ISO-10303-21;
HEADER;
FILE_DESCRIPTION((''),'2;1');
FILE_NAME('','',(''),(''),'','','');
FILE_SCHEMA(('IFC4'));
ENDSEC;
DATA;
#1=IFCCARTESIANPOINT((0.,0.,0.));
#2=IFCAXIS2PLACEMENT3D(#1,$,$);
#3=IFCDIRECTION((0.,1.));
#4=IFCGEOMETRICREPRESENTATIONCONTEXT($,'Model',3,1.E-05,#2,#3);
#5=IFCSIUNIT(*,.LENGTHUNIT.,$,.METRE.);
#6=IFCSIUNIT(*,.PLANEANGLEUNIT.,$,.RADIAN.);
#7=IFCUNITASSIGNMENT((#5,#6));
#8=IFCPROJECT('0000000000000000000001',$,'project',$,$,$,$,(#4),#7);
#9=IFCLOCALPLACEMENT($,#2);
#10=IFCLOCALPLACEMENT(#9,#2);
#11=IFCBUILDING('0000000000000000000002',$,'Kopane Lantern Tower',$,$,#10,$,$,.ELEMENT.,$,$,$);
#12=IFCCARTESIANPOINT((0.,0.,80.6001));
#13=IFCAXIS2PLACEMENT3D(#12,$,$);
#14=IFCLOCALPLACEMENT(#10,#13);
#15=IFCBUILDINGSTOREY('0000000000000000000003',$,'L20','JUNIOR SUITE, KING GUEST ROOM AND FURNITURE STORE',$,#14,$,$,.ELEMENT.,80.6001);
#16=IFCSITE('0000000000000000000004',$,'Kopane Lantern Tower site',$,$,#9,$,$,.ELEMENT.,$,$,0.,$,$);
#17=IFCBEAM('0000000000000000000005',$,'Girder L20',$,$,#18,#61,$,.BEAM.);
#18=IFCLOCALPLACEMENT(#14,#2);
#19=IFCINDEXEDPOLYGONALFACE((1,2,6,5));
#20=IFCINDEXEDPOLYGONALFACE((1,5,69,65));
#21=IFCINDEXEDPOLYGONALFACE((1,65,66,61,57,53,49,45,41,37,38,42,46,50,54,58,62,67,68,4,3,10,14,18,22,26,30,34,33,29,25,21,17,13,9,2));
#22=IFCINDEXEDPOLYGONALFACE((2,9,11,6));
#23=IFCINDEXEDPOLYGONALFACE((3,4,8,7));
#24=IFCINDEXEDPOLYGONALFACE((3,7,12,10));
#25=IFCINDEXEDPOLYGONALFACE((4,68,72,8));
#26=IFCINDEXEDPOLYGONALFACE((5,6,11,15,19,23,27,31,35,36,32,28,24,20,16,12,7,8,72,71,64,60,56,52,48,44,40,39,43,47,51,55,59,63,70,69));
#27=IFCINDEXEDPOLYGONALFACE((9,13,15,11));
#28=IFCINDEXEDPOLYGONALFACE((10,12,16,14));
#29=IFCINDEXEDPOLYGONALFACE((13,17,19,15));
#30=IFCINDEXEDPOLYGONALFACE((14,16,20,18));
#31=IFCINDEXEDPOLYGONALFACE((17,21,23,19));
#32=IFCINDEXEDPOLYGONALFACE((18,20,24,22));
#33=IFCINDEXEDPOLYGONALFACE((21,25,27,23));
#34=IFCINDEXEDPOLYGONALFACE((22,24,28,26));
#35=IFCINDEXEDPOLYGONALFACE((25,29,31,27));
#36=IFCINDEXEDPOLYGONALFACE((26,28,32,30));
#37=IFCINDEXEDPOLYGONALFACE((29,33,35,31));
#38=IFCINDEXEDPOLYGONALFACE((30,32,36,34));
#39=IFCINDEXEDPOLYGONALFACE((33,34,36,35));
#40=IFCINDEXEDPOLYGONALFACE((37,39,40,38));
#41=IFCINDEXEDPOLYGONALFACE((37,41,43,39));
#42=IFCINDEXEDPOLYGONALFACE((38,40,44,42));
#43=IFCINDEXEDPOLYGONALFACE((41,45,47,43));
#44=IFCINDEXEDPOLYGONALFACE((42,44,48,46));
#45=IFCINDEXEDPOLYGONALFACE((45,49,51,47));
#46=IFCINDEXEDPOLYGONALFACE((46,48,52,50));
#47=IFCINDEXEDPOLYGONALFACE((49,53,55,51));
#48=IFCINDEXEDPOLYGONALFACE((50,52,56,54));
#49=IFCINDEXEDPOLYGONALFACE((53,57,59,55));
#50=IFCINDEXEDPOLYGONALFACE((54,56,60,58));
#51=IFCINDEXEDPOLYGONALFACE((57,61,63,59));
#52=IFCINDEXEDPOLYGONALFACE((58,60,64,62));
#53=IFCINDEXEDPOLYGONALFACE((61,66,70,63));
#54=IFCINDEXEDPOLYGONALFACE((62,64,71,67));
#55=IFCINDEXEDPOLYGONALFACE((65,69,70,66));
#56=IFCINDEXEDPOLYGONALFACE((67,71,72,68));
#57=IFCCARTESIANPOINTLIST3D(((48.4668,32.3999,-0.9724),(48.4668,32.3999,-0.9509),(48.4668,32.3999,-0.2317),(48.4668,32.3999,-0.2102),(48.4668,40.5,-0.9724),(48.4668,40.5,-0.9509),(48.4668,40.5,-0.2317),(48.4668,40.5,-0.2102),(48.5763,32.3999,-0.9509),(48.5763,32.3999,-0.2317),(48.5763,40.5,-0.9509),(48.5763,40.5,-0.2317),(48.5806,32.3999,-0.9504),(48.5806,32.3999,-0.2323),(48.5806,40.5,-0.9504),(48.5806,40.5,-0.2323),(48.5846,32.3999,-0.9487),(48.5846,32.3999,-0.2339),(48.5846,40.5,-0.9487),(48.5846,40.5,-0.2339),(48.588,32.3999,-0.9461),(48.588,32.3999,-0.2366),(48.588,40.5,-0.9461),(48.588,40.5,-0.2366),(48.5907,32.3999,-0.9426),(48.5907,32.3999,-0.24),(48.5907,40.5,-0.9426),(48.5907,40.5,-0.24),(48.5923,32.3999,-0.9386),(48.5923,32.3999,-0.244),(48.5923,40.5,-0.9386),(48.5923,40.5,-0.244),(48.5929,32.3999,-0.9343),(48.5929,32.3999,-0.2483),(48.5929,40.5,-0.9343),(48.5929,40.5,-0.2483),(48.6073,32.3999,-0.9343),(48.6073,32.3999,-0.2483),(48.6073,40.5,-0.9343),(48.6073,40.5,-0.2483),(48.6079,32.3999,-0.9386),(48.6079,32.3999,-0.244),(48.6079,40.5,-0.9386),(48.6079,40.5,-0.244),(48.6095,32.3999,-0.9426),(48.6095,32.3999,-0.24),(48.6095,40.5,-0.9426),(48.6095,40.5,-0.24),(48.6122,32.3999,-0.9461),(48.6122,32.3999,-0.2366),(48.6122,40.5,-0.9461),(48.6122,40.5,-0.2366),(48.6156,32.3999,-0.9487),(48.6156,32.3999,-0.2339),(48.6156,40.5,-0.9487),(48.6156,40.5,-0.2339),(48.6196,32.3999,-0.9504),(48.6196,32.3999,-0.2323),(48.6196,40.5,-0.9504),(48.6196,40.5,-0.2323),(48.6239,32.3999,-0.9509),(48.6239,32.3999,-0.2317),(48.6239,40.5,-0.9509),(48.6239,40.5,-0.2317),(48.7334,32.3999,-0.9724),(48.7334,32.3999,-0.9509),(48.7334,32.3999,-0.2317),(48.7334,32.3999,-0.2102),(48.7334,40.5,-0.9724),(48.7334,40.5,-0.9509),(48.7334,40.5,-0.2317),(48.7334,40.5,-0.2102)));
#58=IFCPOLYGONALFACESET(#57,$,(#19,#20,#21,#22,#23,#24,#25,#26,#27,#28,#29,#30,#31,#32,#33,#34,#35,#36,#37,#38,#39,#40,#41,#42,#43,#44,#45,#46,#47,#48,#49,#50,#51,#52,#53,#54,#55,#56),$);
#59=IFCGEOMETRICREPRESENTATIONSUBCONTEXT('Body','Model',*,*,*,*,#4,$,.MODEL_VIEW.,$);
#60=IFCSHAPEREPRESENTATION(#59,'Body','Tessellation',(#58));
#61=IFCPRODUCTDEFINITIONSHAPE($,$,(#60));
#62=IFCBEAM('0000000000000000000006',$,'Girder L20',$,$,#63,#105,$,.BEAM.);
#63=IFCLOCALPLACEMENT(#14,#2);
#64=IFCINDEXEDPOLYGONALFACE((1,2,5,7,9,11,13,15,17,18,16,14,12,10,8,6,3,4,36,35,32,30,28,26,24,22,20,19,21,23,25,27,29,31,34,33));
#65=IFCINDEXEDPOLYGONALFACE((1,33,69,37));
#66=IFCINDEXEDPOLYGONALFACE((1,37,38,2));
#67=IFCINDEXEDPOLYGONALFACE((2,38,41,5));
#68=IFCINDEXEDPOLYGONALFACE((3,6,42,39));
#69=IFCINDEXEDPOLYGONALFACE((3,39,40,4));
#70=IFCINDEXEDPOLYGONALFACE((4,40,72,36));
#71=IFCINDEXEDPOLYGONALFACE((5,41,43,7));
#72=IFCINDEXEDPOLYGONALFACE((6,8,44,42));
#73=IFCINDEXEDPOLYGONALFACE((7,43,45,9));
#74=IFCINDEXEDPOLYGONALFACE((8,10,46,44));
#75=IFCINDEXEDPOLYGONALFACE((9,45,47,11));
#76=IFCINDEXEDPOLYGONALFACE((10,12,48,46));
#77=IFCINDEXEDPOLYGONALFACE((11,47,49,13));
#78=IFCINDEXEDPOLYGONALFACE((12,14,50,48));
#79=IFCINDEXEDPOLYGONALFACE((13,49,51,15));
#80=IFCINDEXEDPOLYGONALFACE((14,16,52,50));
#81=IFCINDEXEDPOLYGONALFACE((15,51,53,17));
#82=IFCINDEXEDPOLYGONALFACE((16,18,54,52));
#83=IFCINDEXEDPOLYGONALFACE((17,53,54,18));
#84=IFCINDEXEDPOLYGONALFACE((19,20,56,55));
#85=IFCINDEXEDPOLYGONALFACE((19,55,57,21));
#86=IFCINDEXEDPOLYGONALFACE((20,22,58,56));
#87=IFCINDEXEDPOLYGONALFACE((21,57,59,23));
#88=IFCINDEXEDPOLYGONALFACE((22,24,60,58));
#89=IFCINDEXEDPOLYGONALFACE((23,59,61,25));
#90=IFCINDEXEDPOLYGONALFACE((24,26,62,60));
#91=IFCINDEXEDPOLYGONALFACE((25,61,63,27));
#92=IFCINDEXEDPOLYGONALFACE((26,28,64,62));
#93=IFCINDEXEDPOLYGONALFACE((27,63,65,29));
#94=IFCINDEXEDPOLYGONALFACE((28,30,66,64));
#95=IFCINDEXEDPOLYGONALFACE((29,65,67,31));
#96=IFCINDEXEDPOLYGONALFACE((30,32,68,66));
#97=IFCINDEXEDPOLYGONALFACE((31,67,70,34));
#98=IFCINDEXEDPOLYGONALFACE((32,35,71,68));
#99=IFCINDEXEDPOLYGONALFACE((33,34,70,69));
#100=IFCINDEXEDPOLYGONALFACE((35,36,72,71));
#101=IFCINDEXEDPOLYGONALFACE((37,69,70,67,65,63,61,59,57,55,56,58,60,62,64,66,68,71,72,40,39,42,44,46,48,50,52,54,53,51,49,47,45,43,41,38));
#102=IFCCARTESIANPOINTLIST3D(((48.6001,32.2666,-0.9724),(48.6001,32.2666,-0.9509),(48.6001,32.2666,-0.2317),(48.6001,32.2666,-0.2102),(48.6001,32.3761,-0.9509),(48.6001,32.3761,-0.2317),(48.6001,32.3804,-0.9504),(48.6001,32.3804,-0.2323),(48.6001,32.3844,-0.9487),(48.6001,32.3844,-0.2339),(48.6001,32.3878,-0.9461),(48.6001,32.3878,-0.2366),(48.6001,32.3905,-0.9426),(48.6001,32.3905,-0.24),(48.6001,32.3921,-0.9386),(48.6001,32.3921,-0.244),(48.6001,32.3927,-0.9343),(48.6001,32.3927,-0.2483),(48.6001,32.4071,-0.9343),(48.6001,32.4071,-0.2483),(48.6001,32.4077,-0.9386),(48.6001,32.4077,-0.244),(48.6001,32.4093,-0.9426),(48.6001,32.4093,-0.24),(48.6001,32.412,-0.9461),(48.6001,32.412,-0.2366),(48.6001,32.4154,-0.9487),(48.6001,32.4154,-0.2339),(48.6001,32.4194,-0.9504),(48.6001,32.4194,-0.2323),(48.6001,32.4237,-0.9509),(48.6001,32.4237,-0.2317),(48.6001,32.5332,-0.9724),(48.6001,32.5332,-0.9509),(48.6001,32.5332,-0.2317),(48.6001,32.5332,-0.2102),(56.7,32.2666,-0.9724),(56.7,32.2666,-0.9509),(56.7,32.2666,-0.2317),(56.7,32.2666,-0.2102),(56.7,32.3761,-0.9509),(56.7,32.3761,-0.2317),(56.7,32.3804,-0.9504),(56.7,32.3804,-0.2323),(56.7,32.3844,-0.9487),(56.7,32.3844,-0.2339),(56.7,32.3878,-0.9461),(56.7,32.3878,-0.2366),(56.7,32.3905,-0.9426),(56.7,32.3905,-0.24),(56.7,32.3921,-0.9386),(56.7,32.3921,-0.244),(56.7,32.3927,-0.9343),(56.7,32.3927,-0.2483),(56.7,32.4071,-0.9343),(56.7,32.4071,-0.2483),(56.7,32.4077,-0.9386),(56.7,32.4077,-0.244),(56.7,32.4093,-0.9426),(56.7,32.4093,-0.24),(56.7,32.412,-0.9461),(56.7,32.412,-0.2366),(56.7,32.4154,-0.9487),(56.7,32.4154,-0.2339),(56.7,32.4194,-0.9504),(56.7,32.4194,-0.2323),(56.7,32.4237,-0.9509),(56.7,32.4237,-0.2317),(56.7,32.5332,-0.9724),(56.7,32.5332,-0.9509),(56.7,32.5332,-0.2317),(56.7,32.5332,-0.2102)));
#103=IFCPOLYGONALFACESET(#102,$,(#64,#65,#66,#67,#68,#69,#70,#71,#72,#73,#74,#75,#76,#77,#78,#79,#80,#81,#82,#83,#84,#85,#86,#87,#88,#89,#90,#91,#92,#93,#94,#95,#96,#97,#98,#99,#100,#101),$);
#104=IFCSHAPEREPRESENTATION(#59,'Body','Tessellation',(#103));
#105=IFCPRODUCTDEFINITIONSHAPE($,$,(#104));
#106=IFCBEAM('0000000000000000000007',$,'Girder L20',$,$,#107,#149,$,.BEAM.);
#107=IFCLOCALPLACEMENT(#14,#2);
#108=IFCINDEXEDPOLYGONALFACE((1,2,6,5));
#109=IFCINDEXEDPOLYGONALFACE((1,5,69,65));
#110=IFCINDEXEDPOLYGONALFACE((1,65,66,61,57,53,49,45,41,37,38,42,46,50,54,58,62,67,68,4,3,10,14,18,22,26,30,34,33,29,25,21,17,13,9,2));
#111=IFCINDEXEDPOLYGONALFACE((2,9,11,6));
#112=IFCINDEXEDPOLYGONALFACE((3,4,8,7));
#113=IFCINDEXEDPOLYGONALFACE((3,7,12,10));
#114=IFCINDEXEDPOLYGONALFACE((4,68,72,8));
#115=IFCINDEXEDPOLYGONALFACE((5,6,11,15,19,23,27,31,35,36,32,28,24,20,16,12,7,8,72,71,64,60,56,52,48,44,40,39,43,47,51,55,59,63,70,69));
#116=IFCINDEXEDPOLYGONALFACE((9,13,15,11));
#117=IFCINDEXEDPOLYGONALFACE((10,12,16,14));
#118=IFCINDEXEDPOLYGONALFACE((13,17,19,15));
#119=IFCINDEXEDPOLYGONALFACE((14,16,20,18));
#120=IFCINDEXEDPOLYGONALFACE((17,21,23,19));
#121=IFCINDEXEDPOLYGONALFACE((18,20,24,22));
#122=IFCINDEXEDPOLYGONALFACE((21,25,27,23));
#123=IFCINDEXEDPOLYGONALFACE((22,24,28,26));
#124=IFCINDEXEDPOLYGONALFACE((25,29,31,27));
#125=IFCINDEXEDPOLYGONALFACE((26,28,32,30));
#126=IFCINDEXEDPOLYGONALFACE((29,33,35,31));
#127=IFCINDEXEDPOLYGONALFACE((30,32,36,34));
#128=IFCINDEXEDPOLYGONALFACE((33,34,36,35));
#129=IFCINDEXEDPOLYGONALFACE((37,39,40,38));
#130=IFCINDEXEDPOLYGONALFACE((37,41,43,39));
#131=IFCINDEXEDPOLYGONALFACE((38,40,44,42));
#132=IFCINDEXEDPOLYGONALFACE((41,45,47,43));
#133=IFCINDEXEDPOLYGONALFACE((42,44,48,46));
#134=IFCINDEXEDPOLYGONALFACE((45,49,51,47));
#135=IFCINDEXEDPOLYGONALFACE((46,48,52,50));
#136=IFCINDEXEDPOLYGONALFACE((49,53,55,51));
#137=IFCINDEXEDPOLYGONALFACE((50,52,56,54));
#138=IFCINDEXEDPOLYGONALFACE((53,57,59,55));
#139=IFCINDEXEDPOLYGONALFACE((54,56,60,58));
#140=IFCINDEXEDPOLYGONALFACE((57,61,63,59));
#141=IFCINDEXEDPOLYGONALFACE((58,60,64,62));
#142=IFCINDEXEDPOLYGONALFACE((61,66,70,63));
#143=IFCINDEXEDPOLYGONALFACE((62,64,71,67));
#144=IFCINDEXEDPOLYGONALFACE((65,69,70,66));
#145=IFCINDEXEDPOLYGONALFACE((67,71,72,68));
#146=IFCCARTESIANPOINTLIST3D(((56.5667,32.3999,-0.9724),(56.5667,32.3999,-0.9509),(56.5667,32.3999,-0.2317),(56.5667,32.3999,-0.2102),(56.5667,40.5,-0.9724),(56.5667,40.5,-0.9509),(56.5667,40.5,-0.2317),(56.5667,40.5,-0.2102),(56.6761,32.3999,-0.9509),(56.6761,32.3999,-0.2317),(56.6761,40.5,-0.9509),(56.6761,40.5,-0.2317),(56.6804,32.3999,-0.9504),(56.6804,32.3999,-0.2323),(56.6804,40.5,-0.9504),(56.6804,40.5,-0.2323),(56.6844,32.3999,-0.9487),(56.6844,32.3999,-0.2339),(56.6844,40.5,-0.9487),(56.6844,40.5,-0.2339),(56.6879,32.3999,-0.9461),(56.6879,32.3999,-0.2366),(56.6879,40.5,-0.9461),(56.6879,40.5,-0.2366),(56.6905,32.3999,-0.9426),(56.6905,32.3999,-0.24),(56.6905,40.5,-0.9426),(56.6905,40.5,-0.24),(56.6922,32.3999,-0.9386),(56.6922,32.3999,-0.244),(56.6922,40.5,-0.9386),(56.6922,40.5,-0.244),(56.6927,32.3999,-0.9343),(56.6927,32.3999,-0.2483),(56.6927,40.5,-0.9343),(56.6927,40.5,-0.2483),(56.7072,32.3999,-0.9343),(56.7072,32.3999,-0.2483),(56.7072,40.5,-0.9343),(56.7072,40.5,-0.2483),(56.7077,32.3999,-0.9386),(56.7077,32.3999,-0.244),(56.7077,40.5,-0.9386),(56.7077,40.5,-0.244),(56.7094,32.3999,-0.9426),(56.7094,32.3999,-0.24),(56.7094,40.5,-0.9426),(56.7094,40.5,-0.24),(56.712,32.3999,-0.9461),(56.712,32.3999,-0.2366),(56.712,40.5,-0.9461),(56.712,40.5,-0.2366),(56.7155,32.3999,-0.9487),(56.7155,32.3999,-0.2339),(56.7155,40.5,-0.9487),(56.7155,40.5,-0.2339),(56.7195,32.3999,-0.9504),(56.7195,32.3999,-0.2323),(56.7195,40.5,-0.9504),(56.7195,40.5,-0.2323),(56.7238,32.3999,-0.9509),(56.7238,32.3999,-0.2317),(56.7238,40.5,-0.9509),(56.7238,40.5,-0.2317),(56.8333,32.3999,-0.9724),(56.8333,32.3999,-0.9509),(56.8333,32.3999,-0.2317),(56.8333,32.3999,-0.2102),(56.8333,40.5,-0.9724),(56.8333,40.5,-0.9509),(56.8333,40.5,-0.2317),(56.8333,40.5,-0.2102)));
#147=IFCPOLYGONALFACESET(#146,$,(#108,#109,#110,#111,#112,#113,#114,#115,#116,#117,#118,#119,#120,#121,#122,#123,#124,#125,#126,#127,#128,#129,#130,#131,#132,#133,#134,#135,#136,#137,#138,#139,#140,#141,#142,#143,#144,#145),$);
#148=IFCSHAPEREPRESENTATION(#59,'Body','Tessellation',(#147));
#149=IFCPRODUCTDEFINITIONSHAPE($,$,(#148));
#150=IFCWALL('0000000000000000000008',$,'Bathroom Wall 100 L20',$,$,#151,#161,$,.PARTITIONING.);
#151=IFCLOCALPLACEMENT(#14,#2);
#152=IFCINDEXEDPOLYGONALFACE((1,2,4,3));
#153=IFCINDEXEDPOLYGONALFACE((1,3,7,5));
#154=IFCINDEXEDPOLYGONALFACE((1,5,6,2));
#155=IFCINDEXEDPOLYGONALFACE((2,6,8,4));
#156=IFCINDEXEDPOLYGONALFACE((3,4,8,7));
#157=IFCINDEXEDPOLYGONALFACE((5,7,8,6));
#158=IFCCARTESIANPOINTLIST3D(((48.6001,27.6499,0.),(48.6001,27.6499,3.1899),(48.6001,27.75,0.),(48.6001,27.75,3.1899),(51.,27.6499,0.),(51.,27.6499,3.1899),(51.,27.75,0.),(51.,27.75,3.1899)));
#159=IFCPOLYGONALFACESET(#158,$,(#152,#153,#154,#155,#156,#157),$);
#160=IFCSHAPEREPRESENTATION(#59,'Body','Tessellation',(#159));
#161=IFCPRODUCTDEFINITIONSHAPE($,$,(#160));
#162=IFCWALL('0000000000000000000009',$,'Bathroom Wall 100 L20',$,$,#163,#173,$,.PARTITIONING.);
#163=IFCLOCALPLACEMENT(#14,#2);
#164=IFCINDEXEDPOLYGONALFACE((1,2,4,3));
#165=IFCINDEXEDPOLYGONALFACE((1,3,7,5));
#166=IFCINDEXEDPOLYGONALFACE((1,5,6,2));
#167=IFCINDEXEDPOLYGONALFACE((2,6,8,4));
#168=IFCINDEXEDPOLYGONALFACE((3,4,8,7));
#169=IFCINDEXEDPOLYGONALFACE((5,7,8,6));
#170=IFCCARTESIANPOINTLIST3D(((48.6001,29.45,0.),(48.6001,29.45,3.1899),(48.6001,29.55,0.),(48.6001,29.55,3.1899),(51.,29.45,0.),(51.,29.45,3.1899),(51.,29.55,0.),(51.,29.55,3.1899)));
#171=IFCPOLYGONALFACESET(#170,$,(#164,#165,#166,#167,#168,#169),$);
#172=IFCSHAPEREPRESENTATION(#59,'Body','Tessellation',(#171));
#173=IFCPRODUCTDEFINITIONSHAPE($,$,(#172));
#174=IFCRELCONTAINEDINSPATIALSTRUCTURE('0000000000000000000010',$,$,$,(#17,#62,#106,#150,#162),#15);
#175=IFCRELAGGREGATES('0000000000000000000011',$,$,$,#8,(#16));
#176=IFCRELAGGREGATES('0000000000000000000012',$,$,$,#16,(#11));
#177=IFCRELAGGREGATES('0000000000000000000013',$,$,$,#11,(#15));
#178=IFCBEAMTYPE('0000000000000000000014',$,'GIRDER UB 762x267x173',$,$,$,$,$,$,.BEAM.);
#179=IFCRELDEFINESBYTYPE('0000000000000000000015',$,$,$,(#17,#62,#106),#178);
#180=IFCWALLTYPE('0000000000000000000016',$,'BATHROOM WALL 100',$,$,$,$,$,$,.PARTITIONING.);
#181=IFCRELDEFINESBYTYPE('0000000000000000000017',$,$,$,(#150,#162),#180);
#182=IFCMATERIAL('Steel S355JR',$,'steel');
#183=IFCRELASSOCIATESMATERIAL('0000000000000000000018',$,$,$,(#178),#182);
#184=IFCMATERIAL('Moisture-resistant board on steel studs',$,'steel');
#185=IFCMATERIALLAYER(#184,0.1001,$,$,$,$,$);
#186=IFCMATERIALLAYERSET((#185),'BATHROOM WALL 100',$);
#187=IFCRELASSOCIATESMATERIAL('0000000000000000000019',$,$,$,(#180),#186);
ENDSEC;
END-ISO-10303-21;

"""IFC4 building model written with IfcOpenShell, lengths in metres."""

from ifc_helpers import new_model, si_unit, direction, frame, frame_2d, origin, origin_2d, place, context, subcontext, project, spatial, rectangle, i_section, extrude, material, layer, layer_set, material_profile, profile_set, type_object, element, save


model = new_model("IFC4")

# Units and contexts
model_context = context("Model", 3, precision=1e-05, world=origin(), true_north=direction((0.0, 1.0)))
body_context = subcontext(model_context, "Body", "Model", "MODEL_VIEW")
ifc_project = project(units=[si_unit("LENGTHUNIT", "METRE"), si_unit("PLANEANGLEUNIT", "RADIAN")], contexts=[model_context])

# Site, building, storey
site_placement = place(None, origin())
site = spatial("IfcSite", under=ifc_project, at=site_placement, Name="Kopane Lantern Tower site", CompositionType="ELEMENT", RefElevation=0.0)
building_placement = place(site_placement, origin())
building = spatial("IfcBuilding", under=site, at=building_placement, Name="Kopane Lantern Tower", CompositionType="ELEMENT")
storey_placement = place(building_placement, frame((0.0, 0.0, 80.6001)))
storey = spatial("IfcBuildingStorey", under=building, at=storey_placement, Name="L20", Description="JUNIOR SUITE, KING GUEST ROOM AND FURNITURE STORE", CompositionType="ELEMENT", Elevation=80.6001)

# Beams
ifc_material_1 = material(Name="Steel S355JR", Category="steel")
ifc_material_profile_1 = material_profile(ifc_material_1, i_section(OverallWidth=0.2666, OverallDepth=0.7622, WebThickness=0.0144, FlangeThickness=0.0215, FilletRadius=0.0166, at=origin_2d()), Name="UB 762x267x173")
ifc_profile_set_1 = profile_set([ifc_material_profile_1], Name="Steel S355JR")
beam_type = type_object("IfcBeamType", Name="GIRDER UB 762x267x173", PredefinedType="BEAM", material=ifc_profile_set_1)
for number, where, z_axis, x_axis, name in (
    (1, (48.6001, 32.3999, -0.5913), (0.0, 1.0, 0.0), (-1.0, 0.0, 0.0), "Girder L20"),
):
    element("IfcBeam", number, at=place(storey_placement, frame(where, z_axis=z_axis, x_axis=x_axis)), inside=storey, type_object=beam_type, Name=name, PredefinedType="BEAM", context=body_context, shape_type="SweptSolid", body=[
        extrude(i_section(OverallWidth=0.2666, OverallDepth=0.7622, WebThickness=0.0144, FlangeThickness=0.0215, FilletRadius=0.0166, at=origin_2d()), origin(), (0.0, 0.0, 1.0), 8.1001),
    ])
beam_1_placement = place(storey_placement, frame((48.6001, 32.3999, -0.5913), z_axis=(1.0, 0.0, 0.0), x_axis=(0.0, 1.0, 0.0)))
element("IfcBeam", 2, at=beam_1_placement, inside=storey, type_object=beam_type, Name="Girder L20", PredefinedType="BEAM", context=body_context, shape_type="SweptSolid", body=[
    extrude(i_section(OverallWidth=0.2666, OverallDepth=0.7622, WebThickness=0.0144, FlangeThickness=0.0215, FilletRadius=0.0166, at=origin_2d()), origin(), (0.0, 0.0, 1.0), 8.0999),
])
beam_2_placement = place(storey_placement, frame((56.7, 32.3999, -0.5913), z_axis=(0.0, 1.0, 0.0), x_axis=(-1.0, 0.0, 0.0)))
element("IfcBeam", 3, at=beam_2_placement, inside=storey, type_object=beam_type, Name="Girder L20", PredefinedType="BEAM", context=body_context, shape_type="SweptSolid", body=[
    extrude(i_section(OverallWidth=0.2666, OverallDepth=0.7622, WebThickness=0.0144, FlangeThickness=0.0215, FilletRadius=0.0166, at=origin_2d()), origin(), (0.0, 0.0, 1.0), 8.1001),
])

# Walls
ifc_material_2 = material(Name="Moisture-resistant board on steel studs", Category="steel")
ifc_layer_1 = layer(ifc_material_2, 0.1001)
ifc_layer_set_1 = layer_set([ifc_layer_1], Name="BATHROOM WALL 100")
wall_type_1 = type_object("IfcWallType", Name="BATHROOM WALL 100", PredefinedType="PARTITIONING", material=ifc_layer_set_1)
for number, where, z_axis, x_axis, name in (
    (4, (48.6001, 27.7, 0.0), (0.0, 0.0, 1.0), (1.0, 0.0, 0.0), "Bathroom Wall 100 L20"),
    (5, (48.6001, 29.5, 0.0), (0.0, 0.0, 1.0), (1.0, 0.0, 0.0), "Bathroom Wall 100 L20"),
):
    element("IfcWall", number, at=place(storey_placement, frame(where, z_axis=z_axis, x_axis=x_axis)), inside=storey, type_object=wall_type_1, Name=name, PredefinedType="PARTITIONING", context=body_context, shape_type="SweptSolid", body=[
        extrude(rectangle(XDim=2.3999, YDim=0.1001, at=frame_2d((1.2, 0.0))), origin(), (0.0, 0.0, 1.0), 3.1899),
    ])

save(model, "model.ifc")
